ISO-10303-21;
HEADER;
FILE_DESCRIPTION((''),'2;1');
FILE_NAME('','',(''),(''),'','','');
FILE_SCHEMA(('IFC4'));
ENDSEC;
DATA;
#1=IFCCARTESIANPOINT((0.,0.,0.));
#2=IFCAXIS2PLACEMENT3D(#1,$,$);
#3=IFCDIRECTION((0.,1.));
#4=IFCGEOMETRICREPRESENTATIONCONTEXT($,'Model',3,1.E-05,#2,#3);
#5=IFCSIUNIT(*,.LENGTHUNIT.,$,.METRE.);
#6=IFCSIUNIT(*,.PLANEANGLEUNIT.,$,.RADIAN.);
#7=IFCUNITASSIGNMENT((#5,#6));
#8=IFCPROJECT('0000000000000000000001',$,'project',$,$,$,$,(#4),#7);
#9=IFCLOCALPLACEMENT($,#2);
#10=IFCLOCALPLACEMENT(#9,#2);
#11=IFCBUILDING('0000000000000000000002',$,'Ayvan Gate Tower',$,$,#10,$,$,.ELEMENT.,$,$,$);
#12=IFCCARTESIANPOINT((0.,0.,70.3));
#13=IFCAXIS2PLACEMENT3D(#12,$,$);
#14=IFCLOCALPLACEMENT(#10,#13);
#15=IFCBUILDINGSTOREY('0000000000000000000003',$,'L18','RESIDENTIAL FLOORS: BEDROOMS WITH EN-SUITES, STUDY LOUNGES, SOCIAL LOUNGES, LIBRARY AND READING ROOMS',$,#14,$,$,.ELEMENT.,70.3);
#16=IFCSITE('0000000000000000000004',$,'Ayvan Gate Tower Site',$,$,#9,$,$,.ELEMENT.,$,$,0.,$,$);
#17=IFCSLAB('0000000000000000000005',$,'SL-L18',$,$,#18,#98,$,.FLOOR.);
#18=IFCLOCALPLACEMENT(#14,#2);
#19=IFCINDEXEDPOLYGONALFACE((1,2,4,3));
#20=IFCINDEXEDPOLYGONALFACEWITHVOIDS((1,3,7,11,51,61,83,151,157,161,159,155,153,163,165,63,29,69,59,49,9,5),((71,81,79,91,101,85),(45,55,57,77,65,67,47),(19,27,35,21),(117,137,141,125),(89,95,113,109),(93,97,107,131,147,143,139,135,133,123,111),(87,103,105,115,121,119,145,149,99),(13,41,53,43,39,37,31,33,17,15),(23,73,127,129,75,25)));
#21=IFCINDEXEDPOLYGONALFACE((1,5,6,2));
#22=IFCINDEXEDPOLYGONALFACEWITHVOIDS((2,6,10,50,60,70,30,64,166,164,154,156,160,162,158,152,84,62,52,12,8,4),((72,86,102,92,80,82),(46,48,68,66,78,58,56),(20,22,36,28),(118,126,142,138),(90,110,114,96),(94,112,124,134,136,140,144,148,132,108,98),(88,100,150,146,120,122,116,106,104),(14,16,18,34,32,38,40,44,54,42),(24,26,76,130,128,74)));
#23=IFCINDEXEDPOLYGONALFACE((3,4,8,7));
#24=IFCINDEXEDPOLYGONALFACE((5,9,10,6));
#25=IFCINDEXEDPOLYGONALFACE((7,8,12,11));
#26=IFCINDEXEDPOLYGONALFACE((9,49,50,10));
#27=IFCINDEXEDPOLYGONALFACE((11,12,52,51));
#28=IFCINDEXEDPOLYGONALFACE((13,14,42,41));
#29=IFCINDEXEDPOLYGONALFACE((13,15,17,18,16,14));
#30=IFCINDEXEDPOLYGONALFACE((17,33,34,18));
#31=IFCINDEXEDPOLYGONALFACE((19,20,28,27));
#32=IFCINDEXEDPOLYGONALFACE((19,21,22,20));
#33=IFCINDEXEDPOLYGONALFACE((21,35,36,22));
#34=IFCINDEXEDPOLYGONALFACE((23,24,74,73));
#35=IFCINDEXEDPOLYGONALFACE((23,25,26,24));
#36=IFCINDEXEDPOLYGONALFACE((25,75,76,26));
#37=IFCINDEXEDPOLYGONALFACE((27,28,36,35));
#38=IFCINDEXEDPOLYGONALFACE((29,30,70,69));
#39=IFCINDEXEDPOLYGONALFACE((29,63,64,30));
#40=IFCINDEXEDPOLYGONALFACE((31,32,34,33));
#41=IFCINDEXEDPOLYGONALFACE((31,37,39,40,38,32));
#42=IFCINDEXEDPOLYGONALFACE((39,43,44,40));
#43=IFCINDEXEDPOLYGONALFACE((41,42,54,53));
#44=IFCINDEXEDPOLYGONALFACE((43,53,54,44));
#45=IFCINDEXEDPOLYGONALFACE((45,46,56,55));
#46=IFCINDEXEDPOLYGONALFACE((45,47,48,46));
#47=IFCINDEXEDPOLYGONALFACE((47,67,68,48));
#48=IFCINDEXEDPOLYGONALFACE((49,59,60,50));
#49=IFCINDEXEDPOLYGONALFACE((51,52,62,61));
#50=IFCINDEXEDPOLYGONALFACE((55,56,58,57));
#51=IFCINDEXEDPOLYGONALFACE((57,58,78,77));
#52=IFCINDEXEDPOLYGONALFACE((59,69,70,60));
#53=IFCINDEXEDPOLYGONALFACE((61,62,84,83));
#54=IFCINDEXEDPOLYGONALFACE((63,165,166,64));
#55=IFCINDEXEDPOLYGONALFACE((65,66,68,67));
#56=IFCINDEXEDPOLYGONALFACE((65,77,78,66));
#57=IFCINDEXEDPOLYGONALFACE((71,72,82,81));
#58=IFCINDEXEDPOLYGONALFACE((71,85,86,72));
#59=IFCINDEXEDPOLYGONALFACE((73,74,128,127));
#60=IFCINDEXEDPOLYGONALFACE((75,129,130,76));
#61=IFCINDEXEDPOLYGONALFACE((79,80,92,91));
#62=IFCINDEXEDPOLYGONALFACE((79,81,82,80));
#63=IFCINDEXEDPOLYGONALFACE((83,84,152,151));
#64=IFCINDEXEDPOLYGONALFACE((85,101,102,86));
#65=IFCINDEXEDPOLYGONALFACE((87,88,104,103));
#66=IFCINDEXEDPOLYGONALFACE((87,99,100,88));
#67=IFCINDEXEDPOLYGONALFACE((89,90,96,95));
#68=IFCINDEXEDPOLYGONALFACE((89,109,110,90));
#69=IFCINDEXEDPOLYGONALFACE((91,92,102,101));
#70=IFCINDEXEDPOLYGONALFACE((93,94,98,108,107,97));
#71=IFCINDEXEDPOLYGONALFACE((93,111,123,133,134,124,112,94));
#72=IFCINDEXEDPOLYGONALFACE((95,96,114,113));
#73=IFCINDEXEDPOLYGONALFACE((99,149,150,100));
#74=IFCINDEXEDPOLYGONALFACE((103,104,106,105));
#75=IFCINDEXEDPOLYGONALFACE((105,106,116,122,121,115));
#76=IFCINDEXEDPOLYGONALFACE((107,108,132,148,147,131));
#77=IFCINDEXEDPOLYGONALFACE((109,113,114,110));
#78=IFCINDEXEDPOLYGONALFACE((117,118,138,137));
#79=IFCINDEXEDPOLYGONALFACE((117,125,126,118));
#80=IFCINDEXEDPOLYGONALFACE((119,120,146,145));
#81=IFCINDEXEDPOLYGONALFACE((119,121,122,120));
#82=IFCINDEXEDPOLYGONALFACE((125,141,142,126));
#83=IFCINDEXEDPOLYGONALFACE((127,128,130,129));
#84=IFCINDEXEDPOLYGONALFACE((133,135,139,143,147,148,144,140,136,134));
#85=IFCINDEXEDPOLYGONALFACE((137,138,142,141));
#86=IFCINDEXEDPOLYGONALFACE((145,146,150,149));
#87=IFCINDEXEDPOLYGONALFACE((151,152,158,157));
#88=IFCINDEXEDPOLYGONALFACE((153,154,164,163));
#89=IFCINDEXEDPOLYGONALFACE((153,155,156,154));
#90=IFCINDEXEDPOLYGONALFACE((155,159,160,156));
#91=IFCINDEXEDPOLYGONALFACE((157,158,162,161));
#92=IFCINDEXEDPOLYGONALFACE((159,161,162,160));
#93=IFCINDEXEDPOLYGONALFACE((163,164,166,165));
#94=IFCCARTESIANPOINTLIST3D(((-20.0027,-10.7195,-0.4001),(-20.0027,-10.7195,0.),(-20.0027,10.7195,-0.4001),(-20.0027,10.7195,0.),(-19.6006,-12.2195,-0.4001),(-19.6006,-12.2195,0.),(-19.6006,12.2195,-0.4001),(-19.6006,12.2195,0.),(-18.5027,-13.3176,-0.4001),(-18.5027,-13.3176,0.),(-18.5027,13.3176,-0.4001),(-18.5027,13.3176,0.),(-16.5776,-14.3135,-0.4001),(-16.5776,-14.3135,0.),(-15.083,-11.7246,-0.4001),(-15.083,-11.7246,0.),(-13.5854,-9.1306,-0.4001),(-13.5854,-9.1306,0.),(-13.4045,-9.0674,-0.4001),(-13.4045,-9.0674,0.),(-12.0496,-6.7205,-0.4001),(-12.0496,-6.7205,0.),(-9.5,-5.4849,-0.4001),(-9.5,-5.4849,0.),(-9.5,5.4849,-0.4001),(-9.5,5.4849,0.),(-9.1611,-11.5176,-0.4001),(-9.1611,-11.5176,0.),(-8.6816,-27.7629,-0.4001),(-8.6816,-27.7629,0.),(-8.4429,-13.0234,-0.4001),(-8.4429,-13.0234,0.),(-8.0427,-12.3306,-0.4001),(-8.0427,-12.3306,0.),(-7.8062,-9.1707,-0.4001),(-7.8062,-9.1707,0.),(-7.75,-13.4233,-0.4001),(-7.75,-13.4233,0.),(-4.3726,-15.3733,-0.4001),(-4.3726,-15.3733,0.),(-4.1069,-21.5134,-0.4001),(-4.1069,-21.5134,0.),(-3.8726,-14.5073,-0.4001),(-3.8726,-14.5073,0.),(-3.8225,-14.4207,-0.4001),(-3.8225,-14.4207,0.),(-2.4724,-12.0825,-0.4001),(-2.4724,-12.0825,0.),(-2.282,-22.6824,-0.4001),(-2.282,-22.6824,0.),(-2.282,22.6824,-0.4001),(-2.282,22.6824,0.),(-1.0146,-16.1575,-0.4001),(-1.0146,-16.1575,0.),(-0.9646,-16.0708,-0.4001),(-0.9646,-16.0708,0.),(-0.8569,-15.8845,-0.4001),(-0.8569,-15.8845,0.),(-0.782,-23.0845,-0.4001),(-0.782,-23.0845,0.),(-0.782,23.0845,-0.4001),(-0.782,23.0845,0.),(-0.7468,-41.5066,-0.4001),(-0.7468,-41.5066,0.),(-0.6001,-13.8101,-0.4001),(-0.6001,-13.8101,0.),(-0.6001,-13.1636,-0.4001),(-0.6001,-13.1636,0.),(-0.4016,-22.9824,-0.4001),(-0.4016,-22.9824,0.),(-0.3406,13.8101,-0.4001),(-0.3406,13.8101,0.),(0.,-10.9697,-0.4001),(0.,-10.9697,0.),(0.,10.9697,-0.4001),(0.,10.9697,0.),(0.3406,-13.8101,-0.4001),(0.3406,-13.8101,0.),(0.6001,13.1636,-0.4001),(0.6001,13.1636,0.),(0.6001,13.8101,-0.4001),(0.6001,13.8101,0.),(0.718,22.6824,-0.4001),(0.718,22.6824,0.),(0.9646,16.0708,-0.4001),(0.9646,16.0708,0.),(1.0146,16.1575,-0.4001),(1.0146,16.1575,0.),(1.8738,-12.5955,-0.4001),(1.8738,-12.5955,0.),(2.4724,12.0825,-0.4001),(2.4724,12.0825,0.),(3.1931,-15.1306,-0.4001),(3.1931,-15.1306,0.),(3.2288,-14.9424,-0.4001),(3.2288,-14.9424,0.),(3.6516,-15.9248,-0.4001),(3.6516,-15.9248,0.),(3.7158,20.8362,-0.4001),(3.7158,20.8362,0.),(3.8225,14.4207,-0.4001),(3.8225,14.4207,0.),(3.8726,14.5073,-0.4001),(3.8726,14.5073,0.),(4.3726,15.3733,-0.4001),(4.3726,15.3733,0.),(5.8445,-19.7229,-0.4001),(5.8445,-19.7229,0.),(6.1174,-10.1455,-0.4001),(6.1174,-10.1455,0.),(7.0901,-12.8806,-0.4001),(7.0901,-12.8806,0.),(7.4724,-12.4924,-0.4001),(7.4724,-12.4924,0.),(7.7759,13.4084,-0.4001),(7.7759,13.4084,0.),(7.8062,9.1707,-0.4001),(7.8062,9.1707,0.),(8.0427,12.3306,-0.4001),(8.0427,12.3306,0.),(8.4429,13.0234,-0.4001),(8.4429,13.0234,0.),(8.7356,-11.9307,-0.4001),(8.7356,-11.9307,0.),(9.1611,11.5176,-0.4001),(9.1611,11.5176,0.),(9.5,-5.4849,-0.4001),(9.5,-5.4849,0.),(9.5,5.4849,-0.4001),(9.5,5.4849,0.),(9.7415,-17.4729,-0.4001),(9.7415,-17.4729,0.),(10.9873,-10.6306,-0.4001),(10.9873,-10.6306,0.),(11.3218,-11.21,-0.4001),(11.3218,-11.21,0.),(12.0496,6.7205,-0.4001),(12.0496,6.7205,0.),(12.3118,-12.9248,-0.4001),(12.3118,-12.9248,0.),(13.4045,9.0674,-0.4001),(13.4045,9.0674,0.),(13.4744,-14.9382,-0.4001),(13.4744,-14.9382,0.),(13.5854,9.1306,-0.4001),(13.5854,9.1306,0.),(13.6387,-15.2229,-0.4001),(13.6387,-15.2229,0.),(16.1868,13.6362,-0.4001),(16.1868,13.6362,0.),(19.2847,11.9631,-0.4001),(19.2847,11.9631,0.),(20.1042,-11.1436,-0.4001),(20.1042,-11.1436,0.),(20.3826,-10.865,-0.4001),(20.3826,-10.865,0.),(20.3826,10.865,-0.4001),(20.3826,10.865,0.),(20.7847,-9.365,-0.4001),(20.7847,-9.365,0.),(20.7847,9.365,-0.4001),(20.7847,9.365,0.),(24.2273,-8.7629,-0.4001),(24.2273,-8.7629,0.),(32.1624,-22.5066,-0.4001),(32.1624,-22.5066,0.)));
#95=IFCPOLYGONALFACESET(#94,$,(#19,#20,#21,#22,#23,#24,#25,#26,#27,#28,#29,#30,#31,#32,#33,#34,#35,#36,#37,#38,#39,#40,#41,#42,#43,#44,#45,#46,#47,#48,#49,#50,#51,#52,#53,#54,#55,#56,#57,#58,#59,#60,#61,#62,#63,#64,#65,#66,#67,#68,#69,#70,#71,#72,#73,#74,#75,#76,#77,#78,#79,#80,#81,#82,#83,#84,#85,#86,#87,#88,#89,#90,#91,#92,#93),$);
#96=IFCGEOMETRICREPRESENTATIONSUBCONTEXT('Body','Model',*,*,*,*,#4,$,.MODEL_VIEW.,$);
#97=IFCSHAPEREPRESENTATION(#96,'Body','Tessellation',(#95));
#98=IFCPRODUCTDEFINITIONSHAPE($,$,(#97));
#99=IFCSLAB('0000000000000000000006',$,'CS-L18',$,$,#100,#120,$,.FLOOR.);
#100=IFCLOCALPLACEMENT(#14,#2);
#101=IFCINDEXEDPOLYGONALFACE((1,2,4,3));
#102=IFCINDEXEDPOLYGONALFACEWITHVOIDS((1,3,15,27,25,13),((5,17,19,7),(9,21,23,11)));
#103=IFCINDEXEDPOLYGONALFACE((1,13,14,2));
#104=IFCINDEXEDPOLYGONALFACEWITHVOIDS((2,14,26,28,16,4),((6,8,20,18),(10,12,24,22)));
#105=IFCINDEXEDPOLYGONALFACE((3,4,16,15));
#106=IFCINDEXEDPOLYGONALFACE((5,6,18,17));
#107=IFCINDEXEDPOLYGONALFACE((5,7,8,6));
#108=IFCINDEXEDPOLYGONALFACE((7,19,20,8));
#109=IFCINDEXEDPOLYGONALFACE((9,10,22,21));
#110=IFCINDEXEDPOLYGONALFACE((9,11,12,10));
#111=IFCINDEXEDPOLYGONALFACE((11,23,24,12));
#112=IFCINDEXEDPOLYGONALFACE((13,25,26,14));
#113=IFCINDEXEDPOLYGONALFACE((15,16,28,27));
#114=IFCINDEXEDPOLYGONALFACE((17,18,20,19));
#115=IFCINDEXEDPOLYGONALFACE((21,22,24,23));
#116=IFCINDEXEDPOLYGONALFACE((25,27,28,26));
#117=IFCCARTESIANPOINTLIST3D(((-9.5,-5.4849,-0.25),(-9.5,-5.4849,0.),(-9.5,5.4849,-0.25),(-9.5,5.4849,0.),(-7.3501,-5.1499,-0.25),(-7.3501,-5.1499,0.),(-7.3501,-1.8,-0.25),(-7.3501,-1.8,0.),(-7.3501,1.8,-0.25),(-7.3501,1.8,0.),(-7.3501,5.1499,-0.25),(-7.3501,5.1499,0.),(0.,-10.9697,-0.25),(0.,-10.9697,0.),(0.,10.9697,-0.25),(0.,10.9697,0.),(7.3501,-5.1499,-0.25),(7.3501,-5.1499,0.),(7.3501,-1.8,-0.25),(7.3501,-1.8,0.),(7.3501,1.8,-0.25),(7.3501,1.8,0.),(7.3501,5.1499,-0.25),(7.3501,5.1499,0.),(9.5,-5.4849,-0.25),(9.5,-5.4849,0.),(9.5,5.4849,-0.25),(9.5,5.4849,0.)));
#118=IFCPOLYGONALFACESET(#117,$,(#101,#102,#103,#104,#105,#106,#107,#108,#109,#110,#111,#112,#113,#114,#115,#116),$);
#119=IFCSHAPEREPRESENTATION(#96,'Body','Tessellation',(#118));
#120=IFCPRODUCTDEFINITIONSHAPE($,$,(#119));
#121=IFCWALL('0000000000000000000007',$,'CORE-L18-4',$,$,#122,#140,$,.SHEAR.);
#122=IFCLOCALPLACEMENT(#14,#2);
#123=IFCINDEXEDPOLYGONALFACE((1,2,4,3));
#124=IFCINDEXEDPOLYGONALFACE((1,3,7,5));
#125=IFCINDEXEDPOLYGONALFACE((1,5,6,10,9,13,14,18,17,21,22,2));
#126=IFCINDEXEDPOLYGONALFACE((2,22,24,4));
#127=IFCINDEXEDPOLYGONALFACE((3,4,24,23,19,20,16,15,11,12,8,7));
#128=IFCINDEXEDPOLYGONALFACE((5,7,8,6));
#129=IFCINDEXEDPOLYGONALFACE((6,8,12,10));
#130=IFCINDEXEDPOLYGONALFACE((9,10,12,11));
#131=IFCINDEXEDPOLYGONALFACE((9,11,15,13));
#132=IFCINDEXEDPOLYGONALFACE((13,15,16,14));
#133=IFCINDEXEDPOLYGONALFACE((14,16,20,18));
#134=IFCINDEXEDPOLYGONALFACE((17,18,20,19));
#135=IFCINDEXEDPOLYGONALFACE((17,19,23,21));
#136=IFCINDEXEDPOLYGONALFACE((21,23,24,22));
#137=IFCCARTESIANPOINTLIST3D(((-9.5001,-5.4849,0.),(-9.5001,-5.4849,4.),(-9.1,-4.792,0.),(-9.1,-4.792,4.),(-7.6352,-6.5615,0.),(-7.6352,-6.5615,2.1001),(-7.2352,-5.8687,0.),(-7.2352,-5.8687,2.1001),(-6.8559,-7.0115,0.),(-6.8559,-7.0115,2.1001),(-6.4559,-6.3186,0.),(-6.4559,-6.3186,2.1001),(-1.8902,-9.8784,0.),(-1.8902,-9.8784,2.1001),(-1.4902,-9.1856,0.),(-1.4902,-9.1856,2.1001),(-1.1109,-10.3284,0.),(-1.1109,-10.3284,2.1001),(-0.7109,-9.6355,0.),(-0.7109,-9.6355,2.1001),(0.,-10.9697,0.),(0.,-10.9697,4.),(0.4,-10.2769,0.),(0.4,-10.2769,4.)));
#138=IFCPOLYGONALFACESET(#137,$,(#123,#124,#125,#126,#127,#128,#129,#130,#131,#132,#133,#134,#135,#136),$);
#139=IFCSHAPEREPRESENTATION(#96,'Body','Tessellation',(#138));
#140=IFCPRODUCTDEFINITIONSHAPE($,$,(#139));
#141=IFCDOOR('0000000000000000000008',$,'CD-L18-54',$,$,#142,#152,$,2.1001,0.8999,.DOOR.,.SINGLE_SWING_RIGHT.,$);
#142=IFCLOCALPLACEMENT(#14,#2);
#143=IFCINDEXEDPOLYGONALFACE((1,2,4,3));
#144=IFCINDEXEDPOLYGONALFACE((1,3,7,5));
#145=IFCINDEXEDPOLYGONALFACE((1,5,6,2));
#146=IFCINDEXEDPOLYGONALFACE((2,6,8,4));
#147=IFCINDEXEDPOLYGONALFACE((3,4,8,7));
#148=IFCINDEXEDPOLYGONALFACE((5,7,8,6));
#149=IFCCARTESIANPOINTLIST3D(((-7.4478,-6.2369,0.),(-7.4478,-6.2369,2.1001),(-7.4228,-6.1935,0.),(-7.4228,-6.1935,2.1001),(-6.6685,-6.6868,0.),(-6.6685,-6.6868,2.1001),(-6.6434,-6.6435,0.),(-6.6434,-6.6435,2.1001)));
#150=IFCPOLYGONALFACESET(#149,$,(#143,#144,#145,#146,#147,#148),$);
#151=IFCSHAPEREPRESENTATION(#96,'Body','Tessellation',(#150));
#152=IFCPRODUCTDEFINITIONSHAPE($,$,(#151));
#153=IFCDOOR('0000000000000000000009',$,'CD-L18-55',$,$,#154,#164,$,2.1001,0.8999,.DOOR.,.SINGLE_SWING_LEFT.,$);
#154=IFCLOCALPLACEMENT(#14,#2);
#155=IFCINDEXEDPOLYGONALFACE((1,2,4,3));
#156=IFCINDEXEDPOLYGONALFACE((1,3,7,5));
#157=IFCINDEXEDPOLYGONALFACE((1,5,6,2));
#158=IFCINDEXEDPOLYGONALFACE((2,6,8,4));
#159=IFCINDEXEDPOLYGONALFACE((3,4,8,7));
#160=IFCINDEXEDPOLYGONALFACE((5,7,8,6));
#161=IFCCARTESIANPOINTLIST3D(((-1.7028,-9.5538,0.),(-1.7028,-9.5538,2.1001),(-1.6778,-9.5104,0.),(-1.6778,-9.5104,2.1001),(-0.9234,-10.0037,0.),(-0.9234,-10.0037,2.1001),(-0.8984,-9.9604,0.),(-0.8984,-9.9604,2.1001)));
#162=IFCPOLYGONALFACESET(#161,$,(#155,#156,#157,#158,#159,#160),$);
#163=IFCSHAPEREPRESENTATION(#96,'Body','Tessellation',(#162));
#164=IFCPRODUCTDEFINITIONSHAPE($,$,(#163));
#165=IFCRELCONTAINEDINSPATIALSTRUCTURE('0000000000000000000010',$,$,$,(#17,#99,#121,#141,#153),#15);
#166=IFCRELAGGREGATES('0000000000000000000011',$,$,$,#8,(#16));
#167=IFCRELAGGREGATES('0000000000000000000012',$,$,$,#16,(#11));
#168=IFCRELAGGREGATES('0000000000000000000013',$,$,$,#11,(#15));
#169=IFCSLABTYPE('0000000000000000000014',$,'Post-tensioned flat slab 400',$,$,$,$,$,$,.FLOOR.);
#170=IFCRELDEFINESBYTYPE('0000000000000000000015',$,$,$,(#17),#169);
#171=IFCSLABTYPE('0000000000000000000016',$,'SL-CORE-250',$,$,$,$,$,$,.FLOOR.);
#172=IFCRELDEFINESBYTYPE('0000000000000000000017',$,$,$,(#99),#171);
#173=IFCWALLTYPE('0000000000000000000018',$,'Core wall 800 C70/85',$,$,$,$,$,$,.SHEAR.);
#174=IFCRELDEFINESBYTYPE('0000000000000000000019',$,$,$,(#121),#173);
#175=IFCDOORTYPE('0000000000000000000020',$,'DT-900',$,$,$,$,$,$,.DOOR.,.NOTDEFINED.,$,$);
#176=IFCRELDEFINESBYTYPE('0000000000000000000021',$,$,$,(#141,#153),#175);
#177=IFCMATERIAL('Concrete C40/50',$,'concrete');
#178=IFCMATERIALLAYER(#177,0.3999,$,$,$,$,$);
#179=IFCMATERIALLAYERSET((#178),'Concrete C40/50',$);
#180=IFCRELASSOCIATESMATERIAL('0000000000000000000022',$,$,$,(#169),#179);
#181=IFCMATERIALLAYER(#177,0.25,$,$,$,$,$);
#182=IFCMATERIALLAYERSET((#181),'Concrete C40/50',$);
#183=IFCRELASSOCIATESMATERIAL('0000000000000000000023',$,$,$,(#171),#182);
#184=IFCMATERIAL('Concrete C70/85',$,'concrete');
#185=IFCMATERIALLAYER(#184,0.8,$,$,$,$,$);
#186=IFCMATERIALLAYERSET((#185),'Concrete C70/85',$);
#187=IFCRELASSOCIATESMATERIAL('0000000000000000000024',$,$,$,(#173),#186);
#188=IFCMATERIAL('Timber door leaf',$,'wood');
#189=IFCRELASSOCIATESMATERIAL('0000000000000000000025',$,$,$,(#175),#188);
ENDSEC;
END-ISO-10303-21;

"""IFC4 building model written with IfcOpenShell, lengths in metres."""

from ifc_helpers import new_model, si_unit, direction, frame, frame_2d, origin, place, context, subcontext, project, spatial, polyline, rectangle, outline, extrude, material, layer, layer_set, type_object, element, fill, save


model = new_model("IFC4")

# Units and contexts
model_context = context("Model", 3, precision=1e-05, world=origin(), true_north=direction((0.0, 1.0)))
body_context = subcontext(model_context, "Body", "Model", "MODEL_VIEW")
ifc_project = project(units=[si_unit("LENGTHUNIT", "METRE"), si_unit("PLANEANGLEUNIT", "RADIAN")], contexts=[model_context])

# Site, building, storey
site_placement = place(None, origin())
site = spatial("IfcSite", under=ifc_project, at=site_placement, Name="Ayvan Gate Tower Site", CompositionType="ELEMENT", RefElevation=0.0)
building_placement = place(site_placement, origin())
building = spatial("IfcBuilding", under=site, at=building_placement, Name="Ayvan Gate Tower", CompositionType="ELEMENT")
storey_placement = place(building_placement, frame((0.0, 0.0, 70.3)))
storey = spatial("IfcBuildingStorey", under=building, at=storey_placement, Name="L18", Description="RESIDENTIAL FLOORS: BEDROOMS WITH EN-SUITES, STUDY LOUNGES, SOCIAL LOUNGES, LIBRARY AND READING ROOMS", CompositionType="ELEMENT", Elevation=70.3)

# Slabs
ifc_material_1 = material(Name="Concrete C40/50", Category="concrete")
ifc_layer_1 = layer(ifc_material_1, 0.3999)
ifc_layer_set_1 = layer_set([ifc_layer_1], Name="Concrete C40/50")
slab_type_1 = type_object("IfcSlabType", Name="Post-tensioned flat slab 400", PredefinedType="FLOOR", material=ifc_layer_set_1)
slab_1_placement = place(storey_placement, frame((0.0, 0.0, -0.4001)))
element("IfcSlab", 1, at=slab_1_placement, inside=storey, type_object=slab_type_1, Name="SL-L18", PredefinedType="FLOOR", context=body_context, shape_type="SweptSolid", body=[
    extrude(outline(polyline([(-20.0027, -10.7195), (-20.0027, 10.7195), (-19.6006, 12.2195), (-18.5027, 13.3176), (-2.282, 22.6824), (-0.782, 23.0845), (0.718, 22.6824), (19.2847, 11.9631), (20.3826, 10.865), (20.7847, 9.365), (20.7847, -9.365), (20.3826, -10.865), (20.1042, -11.1436), (24.2273, -8.7629), (32.1624, -22.5066), (-0.7468, -41.5066), (-8.6816, -27.7629), (-0.4016, -22.9824), (-0.782, -23.0845), (-2.282, -22.6824), (-18.5027, -13.3176), (-19.6006, -12.2195), (-20.0027, -10.7195)]), holes=[polyline([(8.0427, 12.3306), (13.5854, 9.1306), (16.1868, 13.6362), (3.7158, 20.8362), (1.0146, 16.1575), (3.8726, 14.5073), (4.3726, 15.3733), (7.7759, 13.4084), (8.4429, 13.0234), (8.0427, 12.3306)]), polyline([(3.6516, -15.9248), (5.8445, -19.7229), (9.7415, -17.4729), (13.6387, -15.2229), (13.4744, -14.9382), (12.3118, -12.9248), (11.3218, -11.21), (10.9873, -10.6306), (8.7356, -11.9307), (7.0901, -12.8806), (3.1931, -15.1306), (3.6516, -15.9248)]), polyline([(7.8062, 9.1707), (12.0496, 6.7205), (13.4045, 9.0674), (9.1611, 11.5176), (7.8062, 9.1707)]), polyline([(-9.5, -5.4849), (0.0, -10.9697), (9.5, -5.4849), (9.5, 5.4849), (0.0, 10.9697), (-9.5, 5.4849), (-9.5, -5.4849)]), polyline([(6.1174, -10.1455), (1.8738, -12.5955), (3.2288, -14.9424), (7.4724, -12.4924), (6.1174, -10.1455)]), polyline([(0.9646, 16.0708), (-0.3406, 13.8101), (0.6001, 13.8101), (0.6001, 13.1636), (2.4724, 12.0825), (3.8225, 14.4207), (0.9646, 16.0708)]), polyline([(-0.6001, -13.1636), (-2.4724, -12.0825), (-3.8225, -14.4207), (-0.9646, -16.0708), (-0.8569, -15.8845), (0.3406, -13.8101), (-0.6001, -13.8101), (-0.6001, -13.1636)]), polyline([(-16.5776, -14.3135), (-4.1069, -21.5134), (-1.0146, -16.1575), (-3.8726, -14.5073), (-4.3726, -15.3733), (-7.75, -13.4233), (-8.4429, -13.0234), (-8.0427, -12.3306), (-13.5854, -9.1306), (-15.083, -11.7246), (-16.5776, -14.3135)]), polyline([(-13.4045, -9.0674), (-9.1611, -11.5176), (-7.8062, -9.1707), (-12.0496, -6.7205), (-13.4045, -9.0674)])]), origin(), (0.0, 0.0, 1.0), 0.4001),
])
ifc_layer_2 = layer(ifc_material_1, 0.25)
ifc_layer_set_2 = layer_set([ifc_layer_2], Name="Concrete C40/50")
slab_type_2 = type_object("IfcSlabType", Name="SL-CORE-250", PredefinedType="FLOOR", material=ifc_layer_set_2)
slab_2_placement = place(storey_placement, frame((0.0, 0.0, -0.25)))
element("IfcSlab", 2, at=slab_2_placement, inside=storey, type_object=slab_type_2, Name="CS-L18", PredefinedType="FLOOR", context=body_context, shape_type="SweptSolid", body=[
    extrude(outline(polyline([(9.5, -5.4849), (0.0, -10.9697), (-9.5, -5.4849), (-9.5, 5.4849), (0.0, 10.9697), (9.5, 5.4849), (9.5, -5.4849)]), holes=[polyline([(-7.3501, -1.8), (-7.3501, -5.1499), (7.3501, -5.1499), (7.3501, -1.8), (-7.3501, -1.8)]), polyline([(-7.3501, 5.1499), (-7.3501, 1.8), (7.3501, 1.8), (7.3501, 5.1499), (-7.3501, 5.1499)])]), origin(), (0.0, 0.0, 1.0), 0.25),
])

# Wall, openings, doors
ifc_material_2 = material(Name="Concrete C70/85", Category="concrete")
ifc_layer_3 = layer(ifc_material_2, 0.8)
ifc_layer_set_3 = layer_set([ifc_layer_3], Name="Concrete C70/85")
wall_type_1 = type_object("IfcWallType", Name="Core wall 800 C70/85", PredefinedType="SHEAR", material=ifc_layer_set_3)
wall_1_placement = place(storey_placement, frame((-9.3, -5.1384, 0.0), z_axis=(0.0, 0.0, 1.0), x_axis=(0.866024, -0.500002, 0.0)))
wall_1 = element("IfcWall", 3, at=wall_1_placement, inside=storey, type_object=wall_type_1, Name="CORE-L18-4", PredefinedType="SHEAR", context=body_context, shape_type="SweptSolid", body=[
    extrude(rectangle(XDim=10.9697, YDim=0.8, at=frame_2d((5.4849, 0.0))), origin(), (0.0, 0.0, 1.0), 4.0),
])
opening_1_placement = place(wall_1_placement, frame((2.1533, 0.0, 0.0)))
opening_1 = element("IfcOpeningElement", 4, at=opening_1_placement, cuts=wall_1, PredefinedType="OPENING", context=body_context, shape_type="SweptSolid", body=[
    extrude(rectangle(XDim=0.8999, YDim=2.1001, at=frame_2d((0.45, 1.05))), frame((0.0, 0.4099, 0.0), z_axis=(0.0, -1.0, 0.0), x_axis=(1.0, 0.0, 0.0)), (0.0, 0.0, 1.0), 0.8201),
])
opening_2_placement = place(wall_1_placement, frame((8.7871, 0.0, 0.0)))
opening_2 = element("IfcOpeningElement", 5, at=opening_2_placement, cuts=wall_1, PredefinedType="OPENING", context=body_context, shape_type="SweptSolid", body=[
    extrude(rectangle(XDim=0.8999, YDim=2.1001, at=frame_2d((0.45, 1.05))), frame((0.0, 0.4099, 0.0), z_axis=(0.0, -1.0, 0.0), x_axis=(1.0, 0.0, 0.0)), (0.0, 0.0, 1.0), 0.8201),
])
ifc_material_3 = material(Name="Timber door leaf", Category="wood")
door_type_1 = type_object("IfcDoorType", Name="DT-900", OperationType="NOTDEFINED", PredefinedType="DOOR", material=ifc_material_3)
door_1_placement = place(opening_1_placement, origin())
door_1 = element("IfcDoor", 6, at=door_1_placement, inside=storey, type_object=door_type_1, Name="CD-L18-54", OperationType="SINGLE_SWING_RIGHT", OverallHeight=2.1001, OverallWidth=0.8999, PredefinedType="DOOR", context=body_context, shape_type="SweptSolid", body=[
    extrude(rectangle(XDim=0.8999, YDim=2.1001, at=frame_2d((0.45, 1.05))), frame((0.0, 0.0249, 0.0), z_axis=(0.0, -1.0, 0.0), x_axis=(1.0, 0.0, 0.0)), (0.0, 0.0, 1.0), 0.05),
])
fill(opening_1, door_1)
door_2_placement = place(opening_2_placement, origin())
door_2 = element("IfcDoor", 7, at=door_2_placement, inside=storey, type_object=door_type_1, Name="CD-L18-55", OperationType="SINGLE_SWING_LEFT", OverallHeight=2.1001, OverallWidth=0.8999, PredefinedType="DOOR", context=body_context, shape_type="SweptSolid", body=[
    extrude(rectangle(XDim=0.8999, YDim=2.1001, at=frame_2d((0.45, 1.05))), frame((0.0, 0.0249, 0.0), z_axis=(0.0, -1.0, 0.0), x_axis=(1.0, 0.0, 0.0)), (0.0, 0.0, 1.0), 0.05),
])
fill(opening_2, door_2)

save(model, "model.ifc")
